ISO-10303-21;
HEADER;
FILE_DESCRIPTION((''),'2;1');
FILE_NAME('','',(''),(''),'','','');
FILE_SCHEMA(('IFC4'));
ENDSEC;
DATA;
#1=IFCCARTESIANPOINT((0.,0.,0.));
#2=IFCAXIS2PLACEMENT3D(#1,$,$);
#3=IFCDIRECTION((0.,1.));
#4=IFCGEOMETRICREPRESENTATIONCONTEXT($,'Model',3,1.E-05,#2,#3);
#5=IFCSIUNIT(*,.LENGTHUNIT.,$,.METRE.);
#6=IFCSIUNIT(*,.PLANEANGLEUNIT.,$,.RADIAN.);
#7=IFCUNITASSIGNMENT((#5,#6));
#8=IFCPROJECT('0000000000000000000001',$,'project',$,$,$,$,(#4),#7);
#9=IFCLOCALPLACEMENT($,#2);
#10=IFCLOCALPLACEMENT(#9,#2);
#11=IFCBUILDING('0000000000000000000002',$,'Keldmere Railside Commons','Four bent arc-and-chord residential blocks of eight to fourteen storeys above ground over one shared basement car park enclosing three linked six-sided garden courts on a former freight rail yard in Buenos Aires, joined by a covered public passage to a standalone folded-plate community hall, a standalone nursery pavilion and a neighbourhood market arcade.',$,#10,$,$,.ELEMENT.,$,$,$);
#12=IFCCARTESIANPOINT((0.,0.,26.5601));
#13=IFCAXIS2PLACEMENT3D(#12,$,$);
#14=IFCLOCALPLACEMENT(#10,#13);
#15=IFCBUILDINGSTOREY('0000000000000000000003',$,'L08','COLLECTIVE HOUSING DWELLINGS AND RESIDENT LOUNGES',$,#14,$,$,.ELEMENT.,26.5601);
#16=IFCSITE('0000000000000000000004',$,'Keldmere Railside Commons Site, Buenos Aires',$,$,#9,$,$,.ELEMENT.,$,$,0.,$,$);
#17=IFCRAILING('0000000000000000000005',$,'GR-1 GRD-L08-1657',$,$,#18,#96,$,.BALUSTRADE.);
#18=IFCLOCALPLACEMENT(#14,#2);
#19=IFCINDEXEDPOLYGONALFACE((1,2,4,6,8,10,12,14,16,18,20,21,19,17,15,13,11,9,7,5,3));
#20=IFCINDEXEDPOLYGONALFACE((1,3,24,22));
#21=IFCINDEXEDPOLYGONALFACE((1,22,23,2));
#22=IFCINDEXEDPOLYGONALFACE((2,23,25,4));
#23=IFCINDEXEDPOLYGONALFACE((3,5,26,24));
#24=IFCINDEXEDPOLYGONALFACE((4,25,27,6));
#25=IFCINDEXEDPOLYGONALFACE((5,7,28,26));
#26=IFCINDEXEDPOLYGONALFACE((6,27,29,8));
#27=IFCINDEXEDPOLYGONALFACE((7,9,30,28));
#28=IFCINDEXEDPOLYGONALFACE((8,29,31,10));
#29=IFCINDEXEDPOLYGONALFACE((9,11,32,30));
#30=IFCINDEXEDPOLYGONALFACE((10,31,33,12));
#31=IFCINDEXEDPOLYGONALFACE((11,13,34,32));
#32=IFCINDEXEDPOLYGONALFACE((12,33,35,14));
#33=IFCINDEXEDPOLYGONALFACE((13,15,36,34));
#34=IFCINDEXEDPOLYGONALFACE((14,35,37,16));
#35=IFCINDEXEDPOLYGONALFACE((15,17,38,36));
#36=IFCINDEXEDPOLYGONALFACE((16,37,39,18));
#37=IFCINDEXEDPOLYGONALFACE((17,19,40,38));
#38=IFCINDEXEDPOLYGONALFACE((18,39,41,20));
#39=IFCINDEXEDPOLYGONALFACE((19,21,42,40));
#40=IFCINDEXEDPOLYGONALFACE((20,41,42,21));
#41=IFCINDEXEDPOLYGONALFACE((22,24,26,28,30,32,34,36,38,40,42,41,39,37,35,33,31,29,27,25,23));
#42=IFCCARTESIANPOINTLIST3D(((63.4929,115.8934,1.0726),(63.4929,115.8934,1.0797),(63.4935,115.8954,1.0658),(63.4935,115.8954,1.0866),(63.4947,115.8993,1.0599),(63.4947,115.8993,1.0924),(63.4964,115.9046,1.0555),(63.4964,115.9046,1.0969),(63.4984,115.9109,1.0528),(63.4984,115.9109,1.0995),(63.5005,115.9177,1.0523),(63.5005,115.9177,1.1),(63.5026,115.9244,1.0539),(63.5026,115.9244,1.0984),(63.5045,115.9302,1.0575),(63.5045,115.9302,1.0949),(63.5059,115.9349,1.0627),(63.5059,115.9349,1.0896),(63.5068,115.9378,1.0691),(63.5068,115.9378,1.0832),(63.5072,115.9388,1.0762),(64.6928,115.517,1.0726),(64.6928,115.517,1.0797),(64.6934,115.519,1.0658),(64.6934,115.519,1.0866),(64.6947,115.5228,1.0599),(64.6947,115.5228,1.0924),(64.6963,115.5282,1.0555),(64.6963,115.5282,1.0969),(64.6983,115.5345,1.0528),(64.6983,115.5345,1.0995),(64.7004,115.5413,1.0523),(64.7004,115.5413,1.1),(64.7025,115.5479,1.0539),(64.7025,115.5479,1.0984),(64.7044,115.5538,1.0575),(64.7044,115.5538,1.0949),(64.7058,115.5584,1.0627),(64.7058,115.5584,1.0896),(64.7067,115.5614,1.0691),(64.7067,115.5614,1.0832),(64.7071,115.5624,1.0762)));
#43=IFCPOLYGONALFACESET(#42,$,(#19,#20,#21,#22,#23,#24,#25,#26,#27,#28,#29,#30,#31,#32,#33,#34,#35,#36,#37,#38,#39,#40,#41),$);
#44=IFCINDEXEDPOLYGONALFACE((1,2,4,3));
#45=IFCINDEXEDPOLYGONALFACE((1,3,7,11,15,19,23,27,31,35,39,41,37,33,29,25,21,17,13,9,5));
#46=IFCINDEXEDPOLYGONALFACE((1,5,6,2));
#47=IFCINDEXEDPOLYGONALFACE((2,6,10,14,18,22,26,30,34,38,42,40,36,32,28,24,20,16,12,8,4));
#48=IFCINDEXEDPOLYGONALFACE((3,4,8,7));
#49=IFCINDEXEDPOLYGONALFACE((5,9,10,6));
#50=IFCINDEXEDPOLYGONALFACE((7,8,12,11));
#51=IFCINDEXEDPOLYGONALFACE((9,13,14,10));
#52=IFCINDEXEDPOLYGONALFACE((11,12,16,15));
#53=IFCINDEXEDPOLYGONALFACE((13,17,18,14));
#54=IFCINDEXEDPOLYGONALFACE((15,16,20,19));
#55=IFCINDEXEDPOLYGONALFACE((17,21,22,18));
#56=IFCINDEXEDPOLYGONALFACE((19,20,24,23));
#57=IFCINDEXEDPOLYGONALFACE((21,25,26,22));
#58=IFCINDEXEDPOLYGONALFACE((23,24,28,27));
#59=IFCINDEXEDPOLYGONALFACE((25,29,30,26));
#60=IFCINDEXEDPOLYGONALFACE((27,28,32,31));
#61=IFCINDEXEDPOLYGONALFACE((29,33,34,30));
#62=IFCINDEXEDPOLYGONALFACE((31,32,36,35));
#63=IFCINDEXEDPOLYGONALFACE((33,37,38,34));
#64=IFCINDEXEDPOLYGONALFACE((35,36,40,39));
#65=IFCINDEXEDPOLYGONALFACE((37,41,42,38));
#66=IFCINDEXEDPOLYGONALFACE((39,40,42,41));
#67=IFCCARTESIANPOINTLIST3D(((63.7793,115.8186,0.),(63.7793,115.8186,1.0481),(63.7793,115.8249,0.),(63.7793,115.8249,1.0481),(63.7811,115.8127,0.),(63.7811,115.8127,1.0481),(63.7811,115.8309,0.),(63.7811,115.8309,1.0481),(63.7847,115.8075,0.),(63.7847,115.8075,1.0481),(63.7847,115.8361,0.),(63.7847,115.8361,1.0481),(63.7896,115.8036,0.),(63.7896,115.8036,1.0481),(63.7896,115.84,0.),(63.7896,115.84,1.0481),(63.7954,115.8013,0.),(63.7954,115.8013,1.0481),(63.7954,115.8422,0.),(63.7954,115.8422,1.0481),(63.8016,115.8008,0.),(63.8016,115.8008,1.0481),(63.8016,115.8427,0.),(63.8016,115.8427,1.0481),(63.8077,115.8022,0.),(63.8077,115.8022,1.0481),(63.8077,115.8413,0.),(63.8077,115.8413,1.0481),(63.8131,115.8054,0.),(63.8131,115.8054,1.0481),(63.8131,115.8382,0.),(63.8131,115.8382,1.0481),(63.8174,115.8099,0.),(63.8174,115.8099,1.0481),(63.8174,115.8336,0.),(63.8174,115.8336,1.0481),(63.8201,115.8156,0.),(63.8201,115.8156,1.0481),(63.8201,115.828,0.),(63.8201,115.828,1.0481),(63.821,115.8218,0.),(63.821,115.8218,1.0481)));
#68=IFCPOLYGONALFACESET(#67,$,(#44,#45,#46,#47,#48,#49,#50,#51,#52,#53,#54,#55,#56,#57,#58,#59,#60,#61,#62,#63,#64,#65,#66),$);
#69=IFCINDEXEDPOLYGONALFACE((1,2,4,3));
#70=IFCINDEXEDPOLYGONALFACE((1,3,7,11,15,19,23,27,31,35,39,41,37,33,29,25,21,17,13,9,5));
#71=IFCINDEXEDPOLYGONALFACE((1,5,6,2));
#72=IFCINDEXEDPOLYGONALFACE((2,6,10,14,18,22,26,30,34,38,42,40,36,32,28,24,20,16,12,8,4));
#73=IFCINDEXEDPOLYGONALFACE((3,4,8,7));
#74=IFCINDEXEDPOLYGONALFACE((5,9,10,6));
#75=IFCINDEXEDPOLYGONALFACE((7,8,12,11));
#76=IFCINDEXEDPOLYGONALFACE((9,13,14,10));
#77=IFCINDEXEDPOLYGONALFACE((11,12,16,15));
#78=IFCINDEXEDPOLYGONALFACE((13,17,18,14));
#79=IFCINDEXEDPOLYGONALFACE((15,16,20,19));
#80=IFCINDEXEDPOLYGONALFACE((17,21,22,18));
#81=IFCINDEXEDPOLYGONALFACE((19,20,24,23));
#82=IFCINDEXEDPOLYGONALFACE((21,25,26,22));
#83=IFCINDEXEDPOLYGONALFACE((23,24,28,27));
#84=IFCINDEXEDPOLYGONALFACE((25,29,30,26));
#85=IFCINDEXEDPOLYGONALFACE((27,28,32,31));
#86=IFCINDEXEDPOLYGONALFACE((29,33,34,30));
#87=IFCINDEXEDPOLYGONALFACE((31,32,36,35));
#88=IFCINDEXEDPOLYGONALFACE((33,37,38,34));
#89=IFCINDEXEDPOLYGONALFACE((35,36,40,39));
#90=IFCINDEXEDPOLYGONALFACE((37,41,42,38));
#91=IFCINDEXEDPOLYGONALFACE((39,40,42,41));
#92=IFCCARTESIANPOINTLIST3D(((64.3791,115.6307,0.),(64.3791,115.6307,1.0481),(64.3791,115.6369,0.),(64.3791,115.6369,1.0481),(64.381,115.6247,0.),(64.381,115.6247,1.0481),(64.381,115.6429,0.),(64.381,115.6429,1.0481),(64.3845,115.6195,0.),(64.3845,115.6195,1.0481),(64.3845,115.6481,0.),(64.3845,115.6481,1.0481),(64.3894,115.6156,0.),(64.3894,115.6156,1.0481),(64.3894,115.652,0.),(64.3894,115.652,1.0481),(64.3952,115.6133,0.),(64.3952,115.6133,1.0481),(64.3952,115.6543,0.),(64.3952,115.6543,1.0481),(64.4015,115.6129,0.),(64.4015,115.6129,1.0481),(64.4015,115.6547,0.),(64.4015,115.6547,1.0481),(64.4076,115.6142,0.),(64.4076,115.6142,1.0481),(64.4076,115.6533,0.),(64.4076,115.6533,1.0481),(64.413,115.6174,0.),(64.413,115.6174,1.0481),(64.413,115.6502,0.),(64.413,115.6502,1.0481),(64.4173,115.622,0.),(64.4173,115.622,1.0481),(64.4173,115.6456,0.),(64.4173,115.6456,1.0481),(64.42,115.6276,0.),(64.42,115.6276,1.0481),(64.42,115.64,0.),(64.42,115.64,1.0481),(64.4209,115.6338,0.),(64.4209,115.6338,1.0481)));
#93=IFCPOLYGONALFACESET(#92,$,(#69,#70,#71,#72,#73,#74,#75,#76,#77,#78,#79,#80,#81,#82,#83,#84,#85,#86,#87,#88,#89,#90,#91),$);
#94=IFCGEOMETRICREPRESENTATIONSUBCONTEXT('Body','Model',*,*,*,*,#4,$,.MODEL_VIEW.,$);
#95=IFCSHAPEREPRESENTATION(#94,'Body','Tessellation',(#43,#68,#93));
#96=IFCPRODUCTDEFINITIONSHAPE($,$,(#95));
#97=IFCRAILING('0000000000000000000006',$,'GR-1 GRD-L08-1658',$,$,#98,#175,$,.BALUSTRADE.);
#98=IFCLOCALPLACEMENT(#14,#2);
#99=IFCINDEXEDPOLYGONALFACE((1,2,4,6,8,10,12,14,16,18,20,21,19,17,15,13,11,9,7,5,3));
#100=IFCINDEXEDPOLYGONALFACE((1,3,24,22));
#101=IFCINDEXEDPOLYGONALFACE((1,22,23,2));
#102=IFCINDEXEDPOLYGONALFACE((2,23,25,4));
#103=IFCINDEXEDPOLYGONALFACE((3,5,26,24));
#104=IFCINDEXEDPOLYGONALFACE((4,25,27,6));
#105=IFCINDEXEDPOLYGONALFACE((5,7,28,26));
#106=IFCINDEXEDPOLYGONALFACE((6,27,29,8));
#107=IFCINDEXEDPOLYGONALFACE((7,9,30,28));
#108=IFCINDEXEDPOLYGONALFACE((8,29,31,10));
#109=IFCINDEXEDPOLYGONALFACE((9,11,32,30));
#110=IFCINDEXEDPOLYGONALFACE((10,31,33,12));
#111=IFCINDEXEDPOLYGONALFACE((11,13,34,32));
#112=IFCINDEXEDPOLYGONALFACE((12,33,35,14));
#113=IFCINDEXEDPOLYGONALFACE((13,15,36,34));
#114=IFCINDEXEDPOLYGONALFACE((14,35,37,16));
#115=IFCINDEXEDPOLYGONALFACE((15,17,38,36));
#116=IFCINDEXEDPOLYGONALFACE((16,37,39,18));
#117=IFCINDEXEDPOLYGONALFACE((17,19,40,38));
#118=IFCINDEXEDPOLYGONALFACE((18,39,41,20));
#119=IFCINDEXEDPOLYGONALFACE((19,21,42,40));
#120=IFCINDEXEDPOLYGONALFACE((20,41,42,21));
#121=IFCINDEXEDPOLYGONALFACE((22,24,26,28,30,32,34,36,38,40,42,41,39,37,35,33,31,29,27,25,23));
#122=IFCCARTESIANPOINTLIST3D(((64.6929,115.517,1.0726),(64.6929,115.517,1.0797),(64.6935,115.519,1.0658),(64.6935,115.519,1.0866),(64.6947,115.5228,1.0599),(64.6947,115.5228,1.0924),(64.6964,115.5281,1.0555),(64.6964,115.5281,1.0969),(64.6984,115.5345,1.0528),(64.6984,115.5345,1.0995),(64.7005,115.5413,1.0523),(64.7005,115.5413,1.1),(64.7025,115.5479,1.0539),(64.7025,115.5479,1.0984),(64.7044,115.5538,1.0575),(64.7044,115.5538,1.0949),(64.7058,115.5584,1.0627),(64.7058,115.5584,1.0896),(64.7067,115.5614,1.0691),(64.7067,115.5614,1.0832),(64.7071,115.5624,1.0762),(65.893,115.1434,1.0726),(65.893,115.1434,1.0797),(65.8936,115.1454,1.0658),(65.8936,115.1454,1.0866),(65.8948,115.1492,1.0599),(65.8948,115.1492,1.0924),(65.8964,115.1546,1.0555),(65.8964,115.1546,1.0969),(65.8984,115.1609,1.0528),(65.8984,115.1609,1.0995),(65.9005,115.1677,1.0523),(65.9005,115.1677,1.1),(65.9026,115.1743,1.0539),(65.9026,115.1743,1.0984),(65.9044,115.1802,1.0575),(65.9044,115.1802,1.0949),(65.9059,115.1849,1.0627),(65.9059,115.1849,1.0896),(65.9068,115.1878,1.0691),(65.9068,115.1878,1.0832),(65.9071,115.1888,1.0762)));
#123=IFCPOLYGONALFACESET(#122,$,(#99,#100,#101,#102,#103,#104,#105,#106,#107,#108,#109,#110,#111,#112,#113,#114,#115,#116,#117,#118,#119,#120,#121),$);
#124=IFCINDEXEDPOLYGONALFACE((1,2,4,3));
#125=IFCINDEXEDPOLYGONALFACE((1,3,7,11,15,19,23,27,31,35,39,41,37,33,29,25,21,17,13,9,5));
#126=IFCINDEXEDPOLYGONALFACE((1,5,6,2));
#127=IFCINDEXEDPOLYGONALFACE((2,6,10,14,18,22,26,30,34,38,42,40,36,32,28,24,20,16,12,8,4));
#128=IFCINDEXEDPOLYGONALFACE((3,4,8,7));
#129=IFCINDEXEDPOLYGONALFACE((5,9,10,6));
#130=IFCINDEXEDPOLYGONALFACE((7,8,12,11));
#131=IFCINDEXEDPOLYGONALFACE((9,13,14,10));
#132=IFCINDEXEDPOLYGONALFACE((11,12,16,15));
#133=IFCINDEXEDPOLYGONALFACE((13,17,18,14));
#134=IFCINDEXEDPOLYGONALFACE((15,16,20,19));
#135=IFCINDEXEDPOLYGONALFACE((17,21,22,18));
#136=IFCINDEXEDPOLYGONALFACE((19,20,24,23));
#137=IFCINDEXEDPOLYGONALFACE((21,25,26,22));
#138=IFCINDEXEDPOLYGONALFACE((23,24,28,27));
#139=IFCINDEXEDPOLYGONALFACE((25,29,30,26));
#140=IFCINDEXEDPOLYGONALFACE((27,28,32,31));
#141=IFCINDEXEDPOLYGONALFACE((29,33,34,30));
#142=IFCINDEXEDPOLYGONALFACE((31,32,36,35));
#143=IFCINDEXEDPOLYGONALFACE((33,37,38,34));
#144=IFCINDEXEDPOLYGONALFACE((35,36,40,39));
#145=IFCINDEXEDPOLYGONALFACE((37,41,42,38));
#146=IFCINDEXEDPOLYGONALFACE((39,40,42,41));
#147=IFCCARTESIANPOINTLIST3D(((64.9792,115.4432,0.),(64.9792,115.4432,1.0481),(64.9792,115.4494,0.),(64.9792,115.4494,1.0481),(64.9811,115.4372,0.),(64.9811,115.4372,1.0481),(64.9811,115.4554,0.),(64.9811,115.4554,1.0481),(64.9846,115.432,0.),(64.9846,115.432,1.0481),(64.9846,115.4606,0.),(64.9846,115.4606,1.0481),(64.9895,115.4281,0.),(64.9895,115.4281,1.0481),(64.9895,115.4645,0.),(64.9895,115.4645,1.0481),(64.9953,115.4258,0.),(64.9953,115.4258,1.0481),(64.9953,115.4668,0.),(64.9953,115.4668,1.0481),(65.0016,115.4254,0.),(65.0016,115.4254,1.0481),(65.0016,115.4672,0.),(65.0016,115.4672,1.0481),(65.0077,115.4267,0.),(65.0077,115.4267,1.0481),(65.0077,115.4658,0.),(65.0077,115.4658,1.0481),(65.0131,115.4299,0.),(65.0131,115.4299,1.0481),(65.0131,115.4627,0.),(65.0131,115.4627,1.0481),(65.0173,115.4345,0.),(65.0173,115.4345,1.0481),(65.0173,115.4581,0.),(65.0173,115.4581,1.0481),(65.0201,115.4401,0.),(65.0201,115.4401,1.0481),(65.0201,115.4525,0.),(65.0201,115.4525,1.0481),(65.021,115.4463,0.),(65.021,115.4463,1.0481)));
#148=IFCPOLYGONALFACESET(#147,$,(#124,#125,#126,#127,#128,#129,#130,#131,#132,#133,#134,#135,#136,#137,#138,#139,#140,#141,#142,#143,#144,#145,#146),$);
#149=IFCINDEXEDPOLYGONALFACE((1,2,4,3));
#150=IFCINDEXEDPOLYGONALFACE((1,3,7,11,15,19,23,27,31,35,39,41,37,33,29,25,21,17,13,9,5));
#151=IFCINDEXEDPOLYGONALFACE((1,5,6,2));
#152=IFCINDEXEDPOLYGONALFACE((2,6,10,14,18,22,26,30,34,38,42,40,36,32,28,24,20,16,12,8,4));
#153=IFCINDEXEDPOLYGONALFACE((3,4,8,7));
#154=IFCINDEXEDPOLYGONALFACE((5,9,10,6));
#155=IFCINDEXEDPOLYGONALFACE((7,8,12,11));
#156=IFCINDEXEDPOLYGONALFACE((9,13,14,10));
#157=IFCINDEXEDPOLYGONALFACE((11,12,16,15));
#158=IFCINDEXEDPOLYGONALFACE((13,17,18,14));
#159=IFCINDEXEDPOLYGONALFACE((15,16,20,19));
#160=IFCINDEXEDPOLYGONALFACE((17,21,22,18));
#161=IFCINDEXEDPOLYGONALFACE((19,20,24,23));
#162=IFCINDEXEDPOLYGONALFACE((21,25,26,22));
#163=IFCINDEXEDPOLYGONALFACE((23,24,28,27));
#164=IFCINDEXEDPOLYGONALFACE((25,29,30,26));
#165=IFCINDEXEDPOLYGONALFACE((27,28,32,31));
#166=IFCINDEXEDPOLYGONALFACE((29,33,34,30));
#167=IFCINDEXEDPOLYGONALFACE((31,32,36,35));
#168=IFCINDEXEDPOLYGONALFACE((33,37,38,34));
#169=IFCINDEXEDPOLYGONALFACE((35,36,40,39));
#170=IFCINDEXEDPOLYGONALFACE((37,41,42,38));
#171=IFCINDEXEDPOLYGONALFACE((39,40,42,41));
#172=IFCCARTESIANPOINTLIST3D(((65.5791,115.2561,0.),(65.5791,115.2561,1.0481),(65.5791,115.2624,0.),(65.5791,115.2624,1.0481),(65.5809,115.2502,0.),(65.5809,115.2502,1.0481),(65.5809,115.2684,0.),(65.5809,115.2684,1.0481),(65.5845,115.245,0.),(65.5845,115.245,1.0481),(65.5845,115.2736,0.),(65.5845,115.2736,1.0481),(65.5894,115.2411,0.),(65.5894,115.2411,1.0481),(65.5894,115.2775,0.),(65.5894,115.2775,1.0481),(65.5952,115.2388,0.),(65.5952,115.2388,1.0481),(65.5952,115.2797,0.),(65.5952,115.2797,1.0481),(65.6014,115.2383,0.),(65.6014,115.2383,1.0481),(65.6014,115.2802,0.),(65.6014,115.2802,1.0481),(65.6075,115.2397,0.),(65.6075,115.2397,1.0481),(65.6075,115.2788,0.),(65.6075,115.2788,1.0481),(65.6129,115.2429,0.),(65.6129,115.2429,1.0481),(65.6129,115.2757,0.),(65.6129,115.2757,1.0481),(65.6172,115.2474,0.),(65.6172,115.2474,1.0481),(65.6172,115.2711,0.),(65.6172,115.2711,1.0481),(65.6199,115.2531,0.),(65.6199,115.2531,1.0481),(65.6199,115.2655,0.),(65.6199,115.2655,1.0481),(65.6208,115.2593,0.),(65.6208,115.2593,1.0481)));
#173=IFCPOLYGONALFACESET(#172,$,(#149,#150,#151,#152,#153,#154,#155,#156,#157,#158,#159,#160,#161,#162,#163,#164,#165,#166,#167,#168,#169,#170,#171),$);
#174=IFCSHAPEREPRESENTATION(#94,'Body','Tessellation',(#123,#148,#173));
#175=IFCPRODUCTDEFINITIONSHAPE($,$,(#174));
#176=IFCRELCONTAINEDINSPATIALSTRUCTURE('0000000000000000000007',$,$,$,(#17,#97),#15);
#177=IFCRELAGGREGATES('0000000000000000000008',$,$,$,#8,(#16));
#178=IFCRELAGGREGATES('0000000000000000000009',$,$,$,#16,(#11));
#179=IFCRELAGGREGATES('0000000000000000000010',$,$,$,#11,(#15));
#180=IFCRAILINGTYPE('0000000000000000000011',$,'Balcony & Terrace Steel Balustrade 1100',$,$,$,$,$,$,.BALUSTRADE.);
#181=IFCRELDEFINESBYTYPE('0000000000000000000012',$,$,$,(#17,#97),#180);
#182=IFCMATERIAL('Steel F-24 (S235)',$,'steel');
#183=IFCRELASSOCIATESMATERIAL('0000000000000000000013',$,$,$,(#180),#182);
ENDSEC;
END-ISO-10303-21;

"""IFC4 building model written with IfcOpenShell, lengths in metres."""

from ifc_helpers import new_model, si_unit, direction, frame, origin, origin_2d, place, context, subcontext, project, spatial, circle, extrude, material, type_object, element, save


model = new_model("IFC4")

# Units and contexts
model_context = context("Model", 3, precision=1e-05, world=origin(), true_north=direction((0.0, 1.0)))
body_context = subcontext(model_context, "Body", "Model", "MODEL_VIEW")
ifc_project = project(units=[si_unit("LENGTHUNIT", "METRE"), si_unit("PLANEANGLEUNIT", "RADIAN")], contexts=[model_context])

# Site, building, storey
site_placement = place(None, origin())
site = spatial("IfcSite", under=ifc_project, at=site_placement, Name="Keldmere Railside Commons Site, Buenos Aires", CompositionType="ELEMENT", RefElevation=0.0)
building_placement = place(site_placement, origin())
building = spatial("IfcBuilding", under=site, at=building_placement, Name="Keldmere Railside Commons", Description="Four bent arc-and-chord residential blocks of eight to fourteen storeys above ground over one shared basement car park enclosing three linked six-sided garden courts on a former freight rail yard in Buenos Aires, joined by a covered public passage to a standalone folded-plate community hall, a standalone nursery pavilion and a neighbourhood market arcade.", CompositionType="ELEMENT")
storey_placement = place(building_placement, frame((0.0, 0.0, 26.5601)))
storey = spatial("IfcBuildingStorey", under=building, at=storey_placement, Name="L08", Description="COLLECTIVE HOUSING DWELLINGS AND RESIDENT LOUNGES", CompositionType="ELEMENT", Elevation=26.5601)

# Railings
ifc_material_1 = material(Name="Steel F-24 (S235)", Category="steel")
railing_type = type_object("IfcRailingType", Name="Balcony & Terrace Steel Balustrade 1100", PredefinedType="BALUSTRADE", material=ifc_material_1)
railing_1_placement = place(storey_placement, frame((63.5, 115.916, 0.0)))
element("IfcRailing", 1, at=railing_1_placement, inside=storey, type_object=railing_type, Name="GR-1 GRD-L08-1657", PredefinedType="BALUSTRADE", context=body_context, shape_type="SweptSolid", body=[
    extrude(circle(Radius=0.0239, at=origin_2d()), frame((0.0, 0.0, 1.0762), z_axis=(0.954144, -0.299347, 0.0), x_axis=(0.299347, 0.954144, 0.0)), (0.0, 0.0, 1.0), 1.2576),
    extrude(circle(Radius=0.021, at=origin_2d()), frame((0.3, -0.0942, 0.0)), (0.0, 0.0, 1.0), 1.0481),
    extrude(circle(Radius=0.021, at=origin_2d()), frame((0.8999, -0.2822, 0.0)), (0.0, 0.0, 1.0), 1.0481),
])
railing_2_placement = place(storey_placement, frame((64.7, 115.5396, 0.0)))
element("IfcRailing", 2, at=railing_2_placement, inside=storey, type_object=railing_type, Name="GR-1 GRD-L08-1658", PredefinedType="BALUSTRADE", context=body_context, shape_type="SweptSolid", body=[
    extrude(circle(Radius=0.0239, at=origin_2d()), frame((0.0, 0.0, 1.0762), z_axis=(0.954808, -0.297224, 0.0), x_axis=(0.297224, 0.954808, 0.0)), (0.0, 0.0, 1.0), 1.2568),
    extrude(circle(Radius=0.021, at=origin_2d()), frame((0.3, -0.0933, 0.0)), (0.0, 0.0, 1.0), 1.0481),
    extrude(circle(Radius=0.021, at=origin_2d()), frame((0.8999, -0.2803, 0.0)), (0.0, 0.0, 1.0), 1.0481),
])

save(model, "model.ifc")
